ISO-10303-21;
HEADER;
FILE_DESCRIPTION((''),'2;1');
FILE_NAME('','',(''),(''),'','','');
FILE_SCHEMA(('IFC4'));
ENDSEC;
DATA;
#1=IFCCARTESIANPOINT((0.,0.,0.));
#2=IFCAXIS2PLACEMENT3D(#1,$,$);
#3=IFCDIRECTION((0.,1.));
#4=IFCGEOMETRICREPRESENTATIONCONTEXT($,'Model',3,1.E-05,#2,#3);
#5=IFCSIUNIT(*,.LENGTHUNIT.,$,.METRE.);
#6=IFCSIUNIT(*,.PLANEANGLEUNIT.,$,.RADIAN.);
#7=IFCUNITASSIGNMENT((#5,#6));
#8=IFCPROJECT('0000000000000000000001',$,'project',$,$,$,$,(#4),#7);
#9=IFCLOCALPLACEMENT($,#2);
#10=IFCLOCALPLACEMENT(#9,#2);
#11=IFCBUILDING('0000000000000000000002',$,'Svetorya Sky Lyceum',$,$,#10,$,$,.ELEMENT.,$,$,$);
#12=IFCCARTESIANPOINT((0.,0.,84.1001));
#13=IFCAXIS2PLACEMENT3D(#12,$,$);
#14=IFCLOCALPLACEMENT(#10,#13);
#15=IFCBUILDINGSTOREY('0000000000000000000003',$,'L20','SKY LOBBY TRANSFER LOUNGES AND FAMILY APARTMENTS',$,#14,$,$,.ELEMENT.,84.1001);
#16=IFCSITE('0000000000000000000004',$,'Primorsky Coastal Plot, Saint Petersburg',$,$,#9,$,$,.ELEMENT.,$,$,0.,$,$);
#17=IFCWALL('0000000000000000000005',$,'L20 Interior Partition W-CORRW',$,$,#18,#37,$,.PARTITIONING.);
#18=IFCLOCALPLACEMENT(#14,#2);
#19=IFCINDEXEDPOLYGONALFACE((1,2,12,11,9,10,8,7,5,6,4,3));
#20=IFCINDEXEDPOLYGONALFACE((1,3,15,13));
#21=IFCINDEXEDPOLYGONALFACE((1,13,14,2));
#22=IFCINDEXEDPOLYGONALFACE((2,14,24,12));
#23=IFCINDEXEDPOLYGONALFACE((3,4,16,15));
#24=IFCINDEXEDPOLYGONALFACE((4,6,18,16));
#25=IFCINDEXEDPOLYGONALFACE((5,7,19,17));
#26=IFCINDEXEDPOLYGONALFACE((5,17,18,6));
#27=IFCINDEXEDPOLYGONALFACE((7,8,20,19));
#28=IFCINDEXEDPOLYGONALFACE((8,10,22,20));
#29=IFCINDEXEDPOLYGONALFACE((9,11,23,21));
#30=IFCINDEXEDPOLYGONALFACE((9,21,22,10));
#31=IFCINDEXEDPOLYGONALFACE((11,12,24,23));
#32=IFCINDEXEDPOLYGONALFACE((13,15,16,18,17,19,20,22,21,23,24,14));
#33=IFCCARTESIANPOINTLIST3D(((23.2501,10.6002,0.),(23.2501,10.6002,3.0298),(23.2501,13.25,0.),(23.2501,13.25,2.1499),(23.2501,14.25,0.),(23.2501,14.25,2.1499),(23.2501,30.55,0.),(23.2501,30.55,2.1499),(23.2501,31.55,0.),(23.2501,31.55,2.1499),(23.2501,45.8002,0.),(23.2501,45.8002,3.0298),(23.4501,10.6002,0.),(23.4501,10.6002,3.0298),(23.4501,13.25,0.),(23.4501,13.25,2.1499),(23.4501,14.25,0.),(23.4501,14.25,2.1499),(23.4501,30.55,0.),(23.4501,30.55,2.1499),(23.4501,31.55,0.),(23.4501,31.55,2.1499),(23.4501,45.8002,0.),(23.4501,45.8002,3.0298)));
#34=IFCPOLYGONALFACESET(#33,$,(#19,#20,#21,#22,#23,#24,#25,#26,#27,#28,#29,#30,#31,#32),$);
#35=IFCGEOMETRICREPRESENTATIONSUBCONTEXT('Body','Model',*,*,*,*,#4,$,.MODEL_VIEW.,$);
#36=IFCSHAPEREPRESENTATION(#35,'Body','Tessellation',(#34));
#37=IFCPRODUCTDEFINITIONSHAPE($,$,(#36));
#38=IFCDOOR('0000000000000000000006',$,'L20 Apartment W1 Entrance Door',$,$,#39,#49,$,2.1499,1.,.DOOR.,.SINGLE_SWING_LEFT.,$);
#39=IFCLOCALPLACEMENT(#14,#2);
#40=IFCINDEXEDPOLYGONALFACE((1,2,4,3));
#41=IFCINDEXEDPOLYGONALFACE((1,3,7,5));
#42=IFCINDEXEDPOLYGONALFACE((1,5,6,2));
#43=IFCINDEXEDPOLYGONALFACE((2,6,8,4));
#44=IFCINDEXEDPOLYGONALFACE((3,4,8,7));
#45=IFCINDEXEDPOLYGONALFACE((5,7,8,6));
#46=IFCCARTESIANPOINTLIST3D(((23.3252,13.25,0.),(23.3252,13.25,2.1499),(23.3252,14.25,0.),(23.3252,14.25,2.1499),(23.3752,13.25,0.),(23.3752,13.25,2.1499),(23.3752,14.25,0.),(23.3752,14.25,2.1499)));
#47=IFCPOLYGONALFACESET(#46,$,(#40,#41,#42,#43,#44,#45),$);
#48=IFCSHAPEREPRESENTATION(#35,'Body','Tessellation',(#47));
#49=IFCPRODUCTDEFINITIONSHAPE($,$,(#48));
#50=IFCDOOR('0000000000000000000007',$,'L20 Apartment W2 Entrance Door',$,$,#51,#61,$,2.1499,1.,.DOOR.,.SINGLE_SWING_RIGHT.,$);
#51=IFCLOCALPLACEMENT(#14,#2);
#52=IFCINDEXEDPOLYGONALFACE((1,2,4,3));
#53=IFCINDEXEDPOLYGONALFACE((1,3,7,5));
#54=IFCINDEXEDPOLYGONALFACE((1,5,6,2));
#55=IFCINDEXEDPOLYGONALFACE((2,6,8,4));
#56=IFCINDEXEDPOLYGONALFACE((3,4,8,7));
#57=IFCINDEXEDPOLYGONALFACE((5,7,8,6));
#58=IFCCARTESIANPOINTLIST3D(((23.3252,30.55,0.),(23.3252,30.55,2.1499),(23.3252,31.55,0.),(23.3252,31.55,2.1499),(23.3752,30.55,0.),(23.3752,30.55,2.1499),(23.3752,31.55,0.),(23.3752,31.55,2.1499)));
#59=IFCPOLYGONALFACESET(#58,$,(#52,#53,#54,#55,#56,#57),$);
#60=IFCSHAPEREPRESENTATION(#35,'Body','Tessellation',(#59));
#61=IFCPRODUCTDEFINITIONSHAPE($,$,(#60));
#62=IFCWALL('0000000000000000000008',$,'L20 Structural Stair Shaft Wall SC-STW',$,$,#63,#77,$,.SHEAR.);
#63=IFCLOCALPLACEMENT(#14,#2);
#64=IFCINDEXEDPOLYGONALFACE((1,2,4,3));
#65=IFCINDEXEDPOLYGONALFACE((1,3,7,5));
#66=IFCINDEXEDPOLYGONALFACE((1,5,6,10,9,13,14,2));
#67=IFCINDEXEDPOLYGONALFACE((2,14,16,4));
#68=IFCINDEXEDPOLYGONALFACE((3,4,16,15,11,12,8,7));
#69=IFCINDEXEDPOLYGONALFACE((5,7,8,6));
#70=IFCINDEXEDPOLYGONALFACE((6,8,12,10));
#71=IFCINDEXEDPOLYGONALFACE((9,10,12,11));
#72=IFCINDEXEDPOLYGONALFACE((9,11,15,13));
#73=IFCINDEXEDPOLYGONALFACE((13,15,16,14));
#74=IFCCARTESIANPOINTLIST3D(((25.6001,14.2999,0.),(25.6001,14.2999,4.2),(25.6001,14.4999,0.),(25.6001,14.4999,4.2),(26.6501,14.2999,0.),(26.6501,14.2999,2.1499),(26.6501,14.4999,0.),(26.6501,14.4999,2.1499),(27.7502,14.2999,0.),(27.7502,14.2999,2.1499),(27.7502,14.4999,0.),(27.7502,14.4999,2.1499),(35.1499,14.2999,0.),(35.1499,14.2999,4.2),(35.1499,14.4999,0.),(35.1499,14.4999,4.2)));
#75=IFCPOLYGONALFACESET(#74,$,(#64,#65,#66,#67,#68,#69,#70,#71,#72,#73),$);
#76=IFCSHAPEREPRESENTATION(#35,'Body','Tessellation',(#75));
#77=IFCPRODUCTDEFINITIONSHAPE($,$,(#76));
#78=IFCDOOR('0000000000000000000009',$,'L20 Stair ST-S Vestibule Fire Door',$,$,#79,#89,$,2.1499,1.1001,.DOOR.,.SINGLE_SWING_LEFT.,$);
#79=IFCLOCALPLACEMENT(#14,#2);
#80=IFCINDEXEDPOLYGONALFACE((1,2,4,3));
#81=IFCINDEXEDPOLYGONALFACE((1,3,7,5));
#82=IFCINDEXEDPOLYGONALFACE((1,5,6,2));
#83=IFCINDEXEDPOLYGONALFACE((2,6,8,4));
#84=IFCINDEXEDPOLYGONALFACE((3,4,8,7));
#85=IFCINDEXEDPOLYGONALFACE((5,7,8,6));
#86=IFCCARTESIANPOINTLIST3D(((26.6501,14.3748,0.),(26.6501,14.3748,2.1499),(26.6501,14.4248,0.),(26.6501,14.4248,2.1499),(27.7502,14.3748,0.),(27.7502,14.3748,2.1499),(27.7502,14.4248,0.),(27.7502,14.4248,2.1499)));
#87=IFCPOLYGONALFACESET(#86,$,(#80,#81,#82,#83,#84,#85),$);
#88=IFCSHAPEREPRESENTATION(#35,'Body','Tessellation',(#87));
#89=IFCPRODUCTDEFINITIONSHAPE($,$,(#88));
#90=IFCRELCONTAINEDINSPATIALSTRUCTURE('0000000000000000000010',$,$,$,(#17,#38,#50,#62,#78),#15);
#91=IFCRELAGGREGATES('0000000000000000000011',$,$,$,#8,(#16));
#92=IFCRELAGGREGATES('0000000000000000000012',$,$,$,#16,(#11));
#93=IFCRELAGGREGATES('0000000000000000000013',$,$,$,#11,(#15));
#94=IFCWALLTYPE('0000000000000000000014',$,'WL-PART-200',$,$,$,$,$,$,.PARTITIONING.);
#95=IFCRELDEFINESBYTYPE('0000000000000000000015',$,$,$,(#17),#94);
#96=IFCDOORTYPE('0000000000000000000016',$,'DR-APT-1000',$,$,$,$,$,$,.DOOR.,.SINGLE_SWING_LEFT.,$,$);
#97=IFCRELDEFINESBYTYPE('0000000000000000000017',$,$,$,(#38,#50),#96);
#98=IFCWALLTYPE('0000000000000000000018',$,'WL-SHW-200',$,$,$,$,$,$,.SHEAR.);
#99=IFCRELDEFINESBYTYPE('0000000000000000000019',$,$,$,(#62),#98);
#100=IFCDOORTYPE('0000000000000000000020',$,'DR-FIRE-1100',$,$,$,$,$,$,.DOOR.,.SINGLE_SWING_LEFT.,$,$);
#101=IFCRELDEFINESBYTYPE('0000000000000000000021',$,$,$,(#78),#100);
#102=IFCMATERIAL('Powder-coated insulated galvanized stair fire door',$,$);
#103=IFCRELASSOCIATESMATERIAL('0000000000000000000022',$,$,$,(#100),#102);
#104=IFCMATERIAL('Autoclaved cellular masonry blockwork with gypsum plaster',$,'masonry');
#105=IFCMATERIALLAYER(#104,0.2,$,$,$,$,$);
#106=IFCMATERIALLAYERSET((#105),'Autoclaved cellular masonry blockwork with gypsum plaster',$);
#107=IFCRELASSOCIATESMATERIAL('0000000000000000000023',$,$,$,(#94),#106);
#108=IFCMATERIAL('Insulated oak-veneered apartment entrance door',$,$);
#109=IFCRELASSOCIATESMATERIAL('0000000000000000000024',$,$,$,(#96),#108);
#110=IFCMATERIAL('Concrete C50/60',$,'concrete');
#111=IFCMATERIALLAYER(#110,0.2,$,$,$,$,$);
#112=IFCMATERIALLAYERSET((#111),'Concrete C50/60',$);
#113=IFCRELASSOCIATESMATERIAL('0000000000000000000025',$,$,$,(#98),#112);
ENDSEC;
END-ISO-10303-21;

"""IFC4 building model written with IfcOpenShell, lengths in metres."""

from ifc_helpers import new_model, si_unit, direction, frame, frame_2d, origin, place, context, subcontext, project, spatial, rectangle, extrude, material, layer, layer_set, type_object, element, fill, save


model = new_model("IFC4")

# Units and contexts
model_context = context("Model", 3, precision=1e-05, world=origin(), true_north=direction((0.0, 1.0)))
body_context = subcontext(model_context, "Body", "Model", "MODEL_VIEW")
ifc_project = project(units=[si_unit("LENGTHUNIT", "METRE"), si_unit("PLANEANGLEUNIT", "RADIAN")], contexts=[model_context])

# Site, building, storey
site_placement = place(None, origin())
site = spatial("IfcSite", under=ifc_project, at=site_placement, Name="Primorsky Coastal Plot, Saint Petersburg", CompositionType="ELEMENT", RefElevation=0.0)
building_placement = place(site_placement, origin())
building = spatial("IfcBuilding", under=site, at=building_placement, Name="Svetorya Sky Lyceum", CompositionType="ELEMENT")
storey_placement = place(building_placement, frame((0.0, 0.0, 84.1001)))
storey = spatial("IfcBuildingStorey", under=building, at=storey_placement, Name="L20", Description="SKY LOBBY TRANSFER LOUNGES AND FAMILY APARTMENTS", CompositionType="ELEMENT", Elevation=84.1001)

# Shared definitions
ifc_material_1 = material(Name="Concrete C50/60", Category="concrete")

# Shared definitions
ifc_material_2 = material(Name="Powder-coated insulated galvanized stair fire door")
door_type_1 = type_object("IfcDoorType", Name="DR-FIRE-1100", OperationType="SINGLE_SWING_LEFT", PredefinedType="DOOR", material=ifc_material_2)

# Shared definitions
ifc_material_3 = material(Name="Autoclaved cellular masonry blockwork with gypsum plaster", Category="masonry")
ifc_layer_1 = layer(ifc_material_3, 0.2)
ifc_layer_set_1 = layer_set([ifc_layer_1], Name="Autoclaved cellular masonry blockwork with gypsum plaster")
wall_type_1 = type_object("IfcWallType", Name="WL-PART-200", PredefinedType="PARTITIONING", material=ifc_layer_set_1)

# Wall, openings, doors
wall_1_placement = place(storey_placement, frame((23.3501, 10.6001, 0.0), z_axis=(0.0, 0.0, 1.0), x_axis=(0.0, 1.0, 0.0)))
wall_1 = element("IfcWall", 1, at=wall_1_placement, inside=storey, type_object=wall_type_1, Name="L20 Interior Partition W-CORRW", PredefinedType="PARTITIONING", context=body_context, shape_type="SweptSolid", body=[
    extrude(rectangle(XDim=35.2, YDim=0.2, at=frame_2d((17.6001, 0.0))), origin(), (0.0, 0.0, 1.0), 3.0298),
])
opening_1_placement = place(wall_1_placement, frame((2.6499, 0.0, 0.0)))
opening_1 = element("IfcOpeningElement", 2, at=opening_1_placement, cuts=wall_1, PredefinedType="OPENING", context=body_context, shape_type="SweptSolid", body=[
    extrude(rectangle(XDim=1.0, YDim=2.1499, at=frame_2d((0.5, 1.075))), frame((0.0, 0.1099, 0.0), z_axis=(0.0, -1.0, 0.0), x_axis=(1.0, 0.0, 0.0)), (0.0, 0.0, 1.0), 0.22),
])
opening_2_placement = place(wall_1_placement, frame((19.95, 0.0, 0.0)))
opening_2 = element("IfcOpeningElement", 3, at=opening_2_placement, cuts=wall_1, PredefinedType="OPENING", context=body_context, shape_type="SweptSolid", body=[
    extrude(rectangle(XDim=1.0, YDim=2.1499, at=frame_2d((0.5, 1.075))), frame((0.0, 0.1099, 0.0), z_axis=(0.0, -1.0, 0.0), x_axis=(1.0, 0.0, 0.0)), (0.0, 0.0, 1.0), 0.22),
])
ifc_material_4 = material(Name="Insulated oak-veneered apartment entrance door")
door_type_2 = type_object("IfcDoorType", Name="DR-APT-1000", OperationType="SINGLE_SWING_LEFT", PredefinedType="DOOR", material=ifc_material_4)
door_1_placement = place(opening_1_placement, origin())
door_1 = element("IfcDoor", 4, at=door_1_placement, inside=storey, type_object=door_type_2, Name="L20 Apartment W1 Entrance Door", OperationType="SINGLE_SWING_LEFT", OverallHeight=2.1499, OverallWidth=1.0, PredefinedType="DOOR", context=body_context, shape_type="SweptSolid", body=[
    extrude(rectangle(XDim=1.0, YDim=2.1499, at=frame_2d((0.5, 1.075))), frame((0.0, 0.0249, 0.0), z_axis=(0.0, -1.0, 0.0), x_axis=(1.0, 0.0, 0.0)), (0.0, 0.0, 1.0), 0.05),
])
fill(opening_1, door_1)
door_2_placement = place(opening_2_placement, origin())
door_2 = element("IfcDoor", 5, at=door_2_placement, inside=storey, type_object=door_type_2, Name="L20 Apartment W2 Entrance Door", OperationType="SINGLE_SWING_RIGHT", OverallHeight=2.1499, OverallWidth=1.0, PredefinedType="DOOR", context=body_context, shape_type="SweptSolid", body=[
    extrude(rectangle(XDim=1.0, YDim=2.1499, at=frame_2d((0.5, 1.075))), frame((0.0, 0.0249, 0.0), z_axis=(0.0, -1.0, 0.0), x_axis=(1.0, 0.0, 0.0)), (0.0, 0.0, 1.0), 0.05),
])
fill(opening_2, door_2)

# Wall, opening, door
ifc_layer_2 = layer(ifc_material_1, 0.2)
ifc_layer_set_2 = layer_set([ifc_layer_2], Name="Concrete C50/60")
wall_type_2 = type_object("IfcWallType", Name="WL-SHW-200", PredefinedType="SHEAR", material=ifc_layer_set_2)
wall_2_placement = place(storey_placement, frame((25.6001, 14.3999, 0.0), z_axis=(0.0, 0.0, 1.0), x_axis=(1.0, 0.0, 0.0)))
wall_2 = element("IfcWall", 6, at=wall_2_placement, inside=storey, type_object=wall_type_2, Name="L20 Structural Stair Shaft Wall SC-STW", PredefinedType="SHEAR", context=body_context, shape_type="SweptSolid", body=[
    extrude(rectangle(XDim=9.5498, YDim=0.2, at=frame_2d((4.7749, 0.0))), origin(), (0.0, 0.0, 1.0), 4.2),
])
opening_3_placement = place(wall_2_placement, frame((1.05, 0.0, 0.0)))
opening_3 = element("IfcOpeningElement", 7, at=opening_3_placement, cuts=wall_2, PredefinedType="OPENING", context=body_context, shape_type="SweptSolid", body=[
    extrude(rectangle(XDim=1.1001, YDim=2.1499, at=frame_2d((0.55, 1.075))), frame((0.0, 0.1099, 0.0), z_axis=(0.0, -1.0, 0.0), x_axis=(1.0, 0.0, 0.0)), (0.0, 0.0, 1.0), 0.22),
])
door_3_placement = place(opening_3_placement, origin())
door_3 = element("IfcDoor", 8, at=door_3_placement, inside=storey, type_object=door_type_1, Name="L20 Stair ST-S Vestibule Fire Door", OperationType="SINGLE_SWING_LEFT", OverallHeight=2.1499, OverallWidth=1.1001, PredefinedType="DOOR", context=body_context, shape_type="SweptSolid", body=[
    extrude(rectangle(XDim=1.1001, YDim=2.1499, at=frame_2d((0.55, 1.075))), frame((0.0, 0.0249, 0.0), z_axis=(0.0, -1.0, 0.0), x_axis=(1.0, 0.0, 0.0)), (0.0, 0.0, 1.0), 0.05),
])
fill(opening_3, door_3)

save(model, "model.ifc")
